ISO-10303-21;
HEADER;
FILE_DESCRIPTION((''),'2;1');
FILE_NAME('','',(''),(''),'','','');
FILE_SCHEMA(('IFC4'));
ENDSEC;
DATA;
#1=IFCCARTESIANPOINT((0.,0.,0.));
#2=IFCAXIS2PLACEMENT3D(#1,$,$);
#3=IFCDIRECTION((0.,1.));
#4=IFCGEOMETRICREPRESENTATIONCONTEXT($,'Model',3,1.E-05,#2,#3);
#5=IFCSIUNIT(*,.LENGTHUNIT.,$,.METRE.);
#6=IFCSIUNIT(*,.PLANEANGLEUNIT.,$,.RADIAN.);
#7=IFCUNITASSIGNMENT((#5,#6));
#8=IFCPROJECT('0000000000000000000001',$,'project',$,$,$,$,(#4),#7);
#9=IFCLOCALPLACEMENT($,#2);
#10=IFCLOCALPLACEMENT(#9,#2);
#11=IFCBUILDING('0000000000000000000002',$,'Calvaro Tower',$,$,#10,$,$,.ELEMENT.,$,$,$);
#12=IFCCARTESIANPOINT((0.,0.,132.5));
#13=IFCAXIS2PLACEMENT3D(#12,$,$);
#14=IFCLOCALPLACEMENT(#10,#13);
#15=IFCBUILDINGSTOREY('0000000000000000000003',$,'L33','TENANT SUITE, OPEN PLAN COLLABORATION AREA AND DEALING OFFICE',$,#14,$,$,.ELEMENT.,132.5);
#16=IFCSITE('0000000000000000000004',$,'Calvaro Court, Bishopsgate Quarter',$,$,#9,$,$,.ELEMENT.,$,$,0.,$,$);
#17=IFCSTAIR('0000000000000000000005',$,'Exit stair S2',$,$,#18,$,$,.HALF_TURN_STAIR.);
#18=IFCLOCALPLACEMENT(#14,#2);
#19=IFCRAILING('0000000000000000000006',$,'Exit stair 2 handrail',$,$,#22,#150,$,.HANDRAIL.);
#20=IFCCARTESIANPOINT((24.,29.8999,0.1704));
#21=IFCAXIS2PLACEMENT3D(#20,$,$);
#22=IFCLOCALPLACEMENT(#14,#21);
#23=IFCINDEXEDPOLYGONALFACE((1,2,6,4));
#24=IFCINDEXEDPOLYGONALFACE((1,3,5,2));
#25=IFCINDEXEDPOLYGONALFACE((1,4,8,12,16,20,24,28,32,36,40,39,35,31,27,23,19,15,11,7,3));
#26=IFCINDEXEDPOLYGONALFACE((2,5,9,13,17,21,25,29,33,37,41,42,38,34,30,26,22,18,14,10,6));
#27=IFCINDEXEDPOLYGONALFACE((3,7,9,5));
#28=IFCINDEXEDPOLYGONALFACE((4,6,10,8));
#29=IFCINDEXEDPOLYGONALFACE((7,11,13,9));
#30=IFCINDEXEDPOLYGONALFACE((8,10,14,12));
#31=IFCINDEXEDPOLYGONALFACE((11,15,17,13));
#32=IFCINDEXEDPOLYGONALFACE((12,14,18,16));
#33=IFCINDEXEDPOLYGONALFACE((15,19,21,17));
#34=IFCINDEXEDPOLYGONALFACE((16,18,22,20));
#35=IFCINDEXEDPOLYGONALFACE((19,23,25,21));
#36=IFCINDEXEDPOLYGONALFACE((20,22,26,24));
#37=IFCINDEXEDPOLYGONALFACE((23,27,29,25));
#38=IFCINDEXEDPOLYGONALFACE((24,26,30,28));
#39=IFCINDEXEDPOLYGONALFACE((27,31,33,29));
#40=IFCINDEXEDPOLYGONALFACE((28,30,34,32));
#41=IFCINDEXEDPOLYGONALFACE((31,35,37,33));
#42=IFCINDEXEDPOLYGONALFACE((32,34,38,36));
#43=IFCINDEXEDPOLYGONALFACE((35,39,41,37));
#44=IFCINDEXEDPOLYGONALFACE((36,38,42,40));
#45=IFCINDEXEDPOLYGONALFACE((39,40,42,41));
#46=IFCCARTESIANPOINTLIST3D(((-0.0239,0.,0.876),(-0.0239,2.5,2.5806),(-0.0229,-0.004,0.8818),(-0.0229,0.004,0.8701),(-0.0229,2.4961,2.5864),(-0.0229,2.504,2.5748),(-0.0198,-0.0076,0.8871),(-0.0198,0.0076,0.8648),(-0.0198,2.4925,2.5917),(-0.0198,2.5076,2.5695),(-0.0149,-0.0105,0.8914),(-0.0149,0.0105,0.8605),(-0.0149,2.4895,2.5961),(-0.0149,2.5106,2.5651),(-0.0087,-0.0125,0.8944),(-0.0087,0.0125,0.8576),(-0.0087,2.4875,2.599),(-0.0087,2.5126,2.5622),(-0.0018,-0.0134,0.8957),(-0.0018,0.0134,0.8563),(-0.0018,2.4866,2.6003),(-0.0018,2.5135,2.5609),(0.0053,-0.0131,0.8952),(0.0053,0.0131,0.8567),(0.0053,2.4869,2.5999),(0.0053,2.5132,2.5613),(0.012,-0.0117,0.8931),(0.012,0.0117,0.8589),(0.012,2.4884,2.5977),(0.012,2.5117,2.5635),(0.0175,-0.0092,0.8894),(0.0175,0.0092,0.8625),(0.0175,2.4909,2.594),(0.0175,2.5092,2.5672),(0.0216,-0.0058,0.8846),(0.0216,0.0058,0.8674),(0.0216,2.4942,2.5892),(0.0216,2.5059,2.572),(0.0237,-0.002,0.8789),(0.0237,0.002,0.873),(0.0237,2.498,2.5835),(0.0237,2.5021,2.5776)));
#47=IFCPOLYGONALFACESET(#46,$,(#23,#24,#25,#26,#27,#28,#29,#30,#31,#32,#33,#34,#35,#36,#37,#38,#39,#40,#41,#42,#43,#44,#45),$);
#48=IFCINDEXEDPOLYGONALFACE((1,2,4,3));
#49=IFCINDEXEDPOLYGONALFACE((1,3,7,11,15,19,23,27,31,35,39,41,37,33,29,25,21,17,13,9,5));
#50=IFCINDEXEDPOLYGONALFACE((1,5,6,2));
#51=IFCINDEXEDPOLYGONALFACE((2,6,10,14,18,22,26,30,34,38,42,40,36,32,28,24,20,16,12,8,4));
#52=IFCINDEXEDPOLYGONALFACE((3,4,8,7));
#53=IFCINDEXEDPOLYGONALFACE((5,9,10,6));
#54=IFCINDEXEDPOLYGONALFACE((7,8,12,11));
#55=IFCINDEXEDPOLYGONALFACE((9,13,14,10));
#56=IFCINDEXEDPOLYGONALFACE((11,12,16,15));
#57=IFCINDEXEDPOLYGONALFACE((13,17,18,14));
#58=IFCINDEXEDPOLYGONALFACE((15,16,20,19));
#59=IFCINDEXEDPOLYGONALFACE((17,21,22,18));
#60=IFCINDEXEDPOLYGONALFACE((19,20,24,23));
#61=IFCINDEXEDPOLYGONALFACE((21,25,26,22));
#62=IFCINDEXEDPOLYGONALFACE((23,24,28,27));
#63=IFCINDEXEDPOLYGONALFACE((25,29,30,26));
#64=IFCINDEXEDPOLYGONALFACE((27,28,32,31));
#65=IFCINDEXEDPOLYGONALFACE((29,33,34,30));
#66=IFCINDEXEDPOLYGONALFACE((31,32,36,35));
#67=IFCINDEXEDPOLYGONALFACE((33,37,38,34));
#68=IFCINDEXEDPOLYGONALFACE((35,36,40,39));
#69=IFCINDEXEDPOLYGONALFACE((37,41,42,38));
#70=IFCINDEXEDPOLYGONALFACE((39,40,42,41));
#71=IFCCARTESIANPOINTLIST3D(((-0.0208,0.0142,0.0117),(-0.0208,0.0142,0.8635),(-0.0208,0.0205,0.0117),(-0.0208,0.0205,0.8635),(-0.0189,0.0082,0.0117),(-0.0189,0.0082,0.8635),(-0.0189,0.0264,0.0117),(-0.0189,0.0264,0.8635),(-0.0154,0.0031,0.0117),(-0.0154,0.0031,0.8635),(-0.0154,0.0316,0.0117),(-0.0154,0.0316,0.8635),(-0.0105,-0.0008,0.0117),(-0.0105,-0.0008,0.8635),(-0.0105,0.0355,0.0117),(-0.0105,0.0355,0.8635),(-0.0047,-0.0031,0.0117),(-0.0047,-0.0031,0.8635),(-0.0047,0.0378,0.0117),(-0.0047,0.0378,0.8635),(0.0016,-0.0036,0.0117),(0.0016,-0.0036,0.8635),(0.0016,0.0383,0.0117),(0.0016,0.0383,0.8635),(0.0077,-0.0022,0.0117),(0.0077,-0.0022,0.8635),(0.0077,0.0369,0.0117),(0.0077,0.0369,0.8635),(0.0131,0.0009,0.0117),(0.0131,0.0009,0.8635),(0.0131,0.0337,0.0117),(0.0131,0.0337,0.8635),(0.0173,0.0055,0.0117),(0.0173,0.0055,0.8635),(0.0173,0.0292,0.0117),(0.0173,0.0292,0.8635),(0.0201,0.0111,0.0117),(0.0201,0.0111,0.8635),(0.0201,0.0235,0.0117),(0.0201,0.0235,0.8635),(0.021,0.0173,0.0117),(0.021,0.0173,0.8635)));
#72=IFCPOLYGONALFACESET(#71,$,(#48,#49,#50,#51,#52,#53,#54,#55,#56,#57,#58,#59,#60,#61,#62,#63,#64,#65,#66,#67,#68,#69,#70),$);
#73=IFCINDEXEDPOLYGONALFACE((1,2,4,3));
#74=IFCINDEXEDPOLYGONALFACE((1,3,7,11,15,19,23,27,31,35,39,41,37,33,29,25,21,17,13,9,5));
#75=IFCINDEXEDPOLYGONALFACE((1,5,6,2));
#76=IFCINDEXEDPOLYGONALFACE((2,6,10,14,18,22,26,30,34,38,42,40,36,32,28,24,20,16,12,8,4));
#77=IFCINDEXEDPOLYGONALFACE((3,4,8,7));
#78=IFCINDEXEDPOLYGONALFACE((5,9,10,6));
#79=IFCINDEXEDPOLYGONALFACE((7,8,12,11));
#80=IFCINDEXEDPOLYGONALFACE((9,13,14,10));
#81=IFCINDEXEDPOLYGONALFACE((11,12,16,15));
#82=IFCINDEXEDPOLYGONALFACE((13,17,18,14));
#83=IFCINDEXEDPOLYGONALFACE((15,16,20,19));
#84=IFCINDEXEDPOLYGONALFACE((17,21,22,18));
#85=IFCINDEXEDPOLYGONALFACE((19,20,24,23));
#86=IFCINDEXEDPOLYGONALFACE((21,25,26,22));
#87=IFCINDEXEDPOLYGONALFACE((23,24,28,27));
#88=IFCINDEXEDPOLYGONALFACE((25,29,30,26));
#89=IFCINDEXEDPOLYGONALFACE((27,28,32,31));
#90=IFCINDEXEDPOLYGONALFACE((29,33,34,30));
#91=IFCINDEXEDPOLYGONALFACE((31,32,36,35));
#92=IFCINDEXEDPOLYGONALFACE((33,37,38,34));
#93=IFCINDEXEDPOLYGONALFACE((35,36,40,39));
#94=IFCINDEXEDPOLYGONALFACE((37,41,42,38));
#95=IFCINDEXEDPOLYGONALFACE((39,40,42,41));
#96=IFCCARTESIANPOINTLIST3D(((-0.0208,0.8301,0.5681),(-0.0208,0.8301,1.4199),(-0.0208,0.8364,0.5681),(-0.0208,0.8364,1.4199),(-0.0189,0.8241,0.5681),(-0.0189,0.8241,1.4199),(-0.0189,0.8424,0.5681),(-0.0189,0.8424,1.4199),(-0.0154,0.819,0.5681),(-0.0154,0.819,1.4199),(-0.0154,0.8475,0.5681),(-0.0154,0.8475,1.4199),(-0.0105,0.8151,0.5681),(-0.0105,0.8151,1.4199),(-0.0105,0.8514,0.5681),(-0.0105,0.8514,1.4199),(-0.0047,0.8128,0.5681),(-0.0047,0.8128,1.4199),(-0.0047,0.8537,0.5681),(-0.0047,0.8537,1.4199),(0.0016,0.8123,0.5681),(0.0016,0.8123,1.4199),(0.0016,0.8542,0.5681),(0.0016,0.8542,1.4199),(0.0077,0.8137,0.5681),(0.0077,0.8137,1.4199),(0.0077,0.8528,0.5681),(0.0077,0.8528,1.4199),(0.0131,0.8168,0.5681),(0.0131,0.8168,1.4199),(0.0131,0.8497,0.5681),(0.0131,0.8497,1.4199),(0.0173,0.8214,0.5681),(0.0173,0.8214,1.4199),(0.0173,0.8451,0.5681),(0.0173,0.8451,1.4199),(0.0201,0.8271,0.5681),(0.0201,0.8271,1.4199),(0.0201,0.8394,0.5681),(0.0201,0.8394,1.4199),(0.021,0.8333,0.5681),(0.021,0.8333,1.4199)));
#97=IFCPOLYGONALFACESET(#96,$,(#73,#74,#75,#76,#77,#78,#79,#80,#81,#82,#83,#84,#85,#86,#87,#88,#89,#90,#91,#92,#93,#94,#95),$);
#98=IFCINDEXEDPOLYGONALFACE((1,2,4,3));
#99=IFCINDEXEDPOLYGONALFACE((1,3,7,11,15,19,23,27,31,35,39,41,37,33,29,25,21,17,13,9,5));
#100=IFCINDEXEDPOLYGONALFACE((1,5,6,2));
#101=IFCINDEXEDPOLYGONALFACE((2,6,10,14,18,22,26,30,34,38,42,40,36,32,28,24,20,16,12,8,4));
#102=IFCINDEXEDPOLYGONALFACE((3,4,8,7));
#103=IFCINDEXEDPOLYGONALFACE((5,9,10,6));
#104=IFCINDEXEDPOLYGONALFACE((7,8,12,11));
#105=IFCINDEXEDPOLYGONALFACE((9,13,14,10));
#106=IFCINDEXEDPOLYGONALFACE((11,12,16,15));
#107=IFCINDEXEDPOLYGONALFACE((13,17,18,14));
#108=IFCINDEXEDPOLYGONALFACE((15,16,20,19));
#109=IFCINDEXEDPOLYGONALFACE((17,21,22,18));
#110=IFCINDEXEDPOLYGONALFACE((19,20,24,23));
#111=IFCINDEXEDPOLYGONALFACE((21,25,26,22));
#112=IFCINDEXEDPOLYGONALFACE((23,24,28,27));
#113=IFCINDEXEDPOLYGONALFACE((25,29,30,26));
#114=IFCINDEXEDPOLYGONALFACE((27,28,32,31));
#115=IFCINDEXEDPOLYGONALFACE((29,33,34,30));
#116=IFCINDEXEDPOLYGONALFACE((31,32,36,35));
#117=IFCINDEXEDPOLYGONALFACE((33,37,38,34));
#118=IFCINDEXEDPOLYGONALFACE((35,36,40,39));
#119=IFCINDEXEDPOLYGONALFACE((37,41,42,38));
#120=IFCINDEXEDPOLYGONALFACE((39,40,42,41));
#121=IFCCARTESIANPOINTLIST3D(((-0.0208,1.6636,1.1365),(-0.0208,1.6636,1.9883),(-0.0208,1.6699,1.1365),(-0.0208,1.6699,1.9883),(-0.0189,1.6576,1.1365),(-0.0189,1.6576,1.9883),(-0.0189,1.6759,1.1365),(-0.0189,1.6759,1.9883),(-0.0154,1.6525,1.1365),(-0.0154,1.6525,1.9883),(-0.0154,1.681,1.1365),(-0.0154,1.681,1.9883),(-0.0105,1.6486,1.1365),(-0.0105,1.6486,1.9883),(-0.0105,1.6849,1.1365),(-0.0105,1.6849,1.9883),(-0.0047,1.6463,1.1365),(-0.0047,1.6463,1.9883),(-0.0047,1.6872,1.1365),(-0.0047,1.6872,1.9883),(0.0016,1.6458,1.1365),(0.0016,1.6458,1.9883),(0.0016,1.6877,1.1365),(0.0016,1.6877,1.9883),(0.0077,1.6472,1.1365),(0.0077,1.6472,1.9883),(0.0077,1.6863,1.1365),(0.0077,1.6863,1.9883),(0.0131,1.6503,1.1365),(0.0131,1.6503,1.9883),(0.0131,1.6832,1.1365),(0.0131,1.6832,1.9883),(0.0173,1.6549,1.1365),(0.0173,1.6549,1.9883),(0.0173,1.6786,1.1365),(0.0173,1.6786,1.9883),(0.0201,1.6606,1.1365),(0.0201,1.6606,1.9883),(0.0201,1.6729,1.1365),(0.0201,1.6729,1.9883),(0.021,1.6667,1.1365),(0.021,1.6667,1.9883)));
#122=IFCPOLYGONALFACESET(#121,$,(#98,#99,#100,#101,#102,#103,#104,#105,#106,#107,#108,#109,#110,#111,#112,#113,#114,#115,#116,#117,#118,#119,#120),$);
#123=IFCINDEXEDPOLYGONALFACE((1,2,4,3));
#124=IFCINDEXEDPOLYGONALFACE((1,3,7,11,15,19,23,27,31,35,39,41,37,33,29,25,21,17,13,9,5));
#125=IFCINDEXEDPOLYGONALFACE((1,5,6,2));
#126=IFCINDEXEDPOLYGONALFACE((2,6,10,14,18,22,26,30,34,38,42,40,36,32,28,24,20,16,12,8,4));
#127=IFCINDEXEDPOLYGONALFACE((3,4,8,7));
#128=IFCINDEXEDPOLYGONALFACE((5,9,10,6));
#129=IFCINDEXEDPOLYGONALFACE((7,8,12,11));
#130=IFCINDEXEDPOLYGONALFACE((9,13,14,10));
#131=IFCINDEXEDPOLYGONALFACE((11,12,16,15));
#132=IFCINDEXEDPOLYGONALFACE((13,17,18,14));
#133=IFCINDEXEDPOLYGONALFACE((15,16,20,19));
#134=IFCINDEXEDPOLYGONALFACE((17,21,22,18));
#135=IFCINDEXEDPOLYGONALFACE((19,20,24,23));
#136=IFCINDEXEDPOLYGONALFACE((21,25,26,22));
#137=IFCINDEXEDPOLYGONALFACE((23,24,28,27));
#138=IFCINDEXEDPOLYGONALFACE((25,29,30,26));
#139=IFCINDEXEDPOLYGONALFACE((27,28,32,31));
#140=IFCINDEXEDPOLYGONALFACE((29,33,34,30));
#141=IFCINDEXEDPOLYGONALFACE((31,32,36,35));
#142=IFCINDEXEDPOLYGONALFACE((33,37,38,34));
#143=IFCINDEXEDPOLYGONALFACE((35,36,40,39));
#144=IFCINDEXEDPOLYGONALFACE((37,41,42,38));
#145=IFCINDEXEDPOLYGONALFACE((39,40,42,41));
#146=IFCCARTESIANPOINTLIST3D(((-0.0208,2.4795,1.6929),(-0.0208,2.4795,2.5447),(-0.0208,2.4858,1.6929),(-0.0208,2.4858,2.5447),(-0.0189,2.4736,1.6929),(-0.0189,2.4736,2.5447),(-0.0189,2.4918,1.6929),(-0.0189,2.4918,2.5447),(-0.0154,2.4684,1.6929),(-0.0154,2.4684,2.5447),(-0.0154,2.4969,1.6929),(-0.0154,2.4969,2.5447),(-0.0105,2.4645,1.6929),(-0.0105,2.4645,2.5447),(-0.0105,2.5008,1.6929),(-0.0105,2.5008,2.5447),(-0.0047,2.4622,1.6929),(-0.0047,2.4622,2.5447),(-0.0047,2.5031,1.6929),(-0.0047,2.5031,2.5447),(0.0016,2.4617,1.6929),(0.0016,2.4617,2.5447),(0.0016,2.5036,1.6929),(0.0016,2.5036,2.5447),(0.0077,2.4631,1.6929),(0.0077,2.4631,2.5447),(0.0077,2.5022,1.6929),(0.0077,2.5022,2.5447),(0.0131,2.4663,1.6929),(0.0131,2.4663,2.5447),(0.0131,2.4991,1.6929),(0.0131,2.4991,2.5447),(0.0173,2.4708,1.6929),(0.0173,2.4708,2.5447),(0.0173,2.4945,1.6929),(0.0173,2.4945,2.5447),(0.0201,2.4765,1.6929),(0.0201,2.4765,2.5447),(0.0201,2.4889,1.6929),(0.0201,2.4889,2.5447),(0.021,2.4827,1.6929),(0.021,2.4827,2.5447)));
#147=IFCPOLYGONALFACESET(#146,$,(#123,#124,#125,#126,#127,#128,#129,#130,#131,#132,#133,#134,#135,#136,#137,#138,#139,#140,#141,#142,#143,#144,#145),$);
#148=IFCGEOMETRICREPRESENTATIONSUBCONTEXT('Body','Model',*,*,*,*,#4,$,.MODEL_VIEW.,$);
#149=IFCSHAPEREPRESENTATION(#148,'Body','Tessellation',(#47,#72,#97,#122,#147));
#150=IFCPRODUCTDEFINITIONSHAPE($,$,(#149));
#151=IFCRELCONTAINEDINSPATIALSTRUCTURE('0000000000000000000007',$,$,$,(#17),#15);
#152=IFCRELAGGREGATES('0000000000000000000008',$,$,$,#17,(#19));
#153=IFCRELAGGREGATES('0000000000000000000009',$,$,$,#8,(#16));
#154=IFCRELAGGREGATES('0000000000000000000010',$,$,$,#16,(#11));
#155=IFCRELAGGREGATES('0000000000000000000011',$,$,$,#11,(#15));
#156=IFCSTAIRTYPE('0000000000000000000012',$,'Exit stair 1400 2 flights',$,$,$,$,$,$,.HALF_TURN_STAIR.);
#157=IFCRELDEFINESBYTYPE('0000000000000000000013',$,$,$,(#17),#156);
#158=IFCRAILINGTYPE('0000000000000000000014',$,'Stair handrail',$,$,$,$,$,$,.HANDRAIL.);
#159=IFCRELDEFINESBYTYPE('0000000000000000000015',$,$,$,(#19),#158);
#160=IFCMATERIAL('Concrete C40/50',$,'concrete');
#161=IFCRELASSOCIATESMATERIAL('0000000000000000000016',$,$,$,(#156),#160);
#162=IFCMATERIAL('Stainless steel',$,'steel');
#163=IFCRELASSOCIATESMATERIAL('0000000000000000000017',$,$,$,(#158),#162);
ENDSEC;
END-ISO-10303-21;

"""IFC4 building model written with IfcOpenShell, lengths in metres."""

from ifc_helpers import new_model, si_unit, direction, frame, origin, origin_2d, place, context, subcontext, project, spatial, circle, extrude, material, type_object, element, aggregate, save


model = new_model("IFC4")

# Units and contexts
model_context = context("Model", 3, precision=1e-05, world=origin(), true_north=direction((0.0, 1.0)))
body_context = subcontext(model_context, "Body", "Model", "MODEL_VIEW")
ifc_project = project(units=[si_unit("LENGTHUNIT", "METRE"), si_unit("PLANEANGLEUNIT", "RADIAN")], contexts=[model_context])

# Site, building, storey
site_placement = place(None, origin())
site = spatial("IfcSite", under=ifc_project, at=site_placement, Name="Calvaro Court, Bishopsgate Quarter", CompositionType="ELEMENT", RefElevation=0.0)
building_placement = place(site_placement, origin())
building = spatial("IfcBuilding", under=site, at=building_placement, Name="Calvaro Tower", CompositionType="ELEMENT")
storey_placement = place(building_placement, frame((0.0, 0.0, 132.5)))
storey = spatial("IfcBuildingStorey", under=building, at=storey_placement, Name="L33", Description="TENANT SUITE, OPEN PLAN COLLABORATION AREA AND DEALING OFFICE", CompositionType="ELEMENT", Elevation=132.5)

# Stair, railing
ifc_material_1 = material(Name="Concrete C40/50", Category="concrete")
stair_type = type_object("IfcStairType", Name="Exit stair 1400 2 flights", PredefinedType="HALF_TURN_STAIR", material=ifc_material_1)
stair_placement = place(storey_placement, origin())
stair = element("IfcStair", 1, at=stair_placement, inside=storey, type_object=stair_type, Name="Exit stair S2", PredefinedType="HALF_TURN_STAIR")
ifc_material_2 = material(Name="Stainless steel", Category="steel")
railing_type = type_object("IfcRailingType", Name="Stair handrail", PredefinedType="HANDRAIL", material=ifc_material_2)
railing_1_placement = place(storey_placement, frame((24.0, 29.8999, 0.1704)))
railing_1 = element("IfcRailing", 2, at=railing_1_placement, type_object=railing_type, Name="Exit stair 2 handrail", PredefinedType="HANDRAIL", context=body_context, shape_type="SweptSolid", body=[
    extrude(circle(Radius=0.0239, at=origin_2d()), frame((0.0, 0.0, 0.876), z_axis=(0.0, 0.826221, 0.563347), x_axis=(-1.0, 0.0, 0.0)), (0.0, 0.0, 1.0), 3.0259),
    extrude(circle(Radius=0.021, at=origin_2d()), frame((0.0, 0.0173, 0.0117)), (0.0, 0.0, 1.0), 0.8518),
    extrude(circle(Radius=0.021, at=origin_2d()), frame((0.0, 0.8333, 0.5681)), (0.0, 0.0, 1.0), 0.8518),
    extrude(circle(Radius=0.021, at=origin_2d()), frame((0.0, 1.6667, 1.1365)), (0.0, 0.0, 1.0), 0.8518),
    extrude(circle(Radius=0.021, at=origin_2d()), frame((0.0, 2.4827, 1.6929)), (0.0, 0.0, 1.0), 0.8518),
])
aggregate(stair, [railing_1])

save(model, "model.ifc")
